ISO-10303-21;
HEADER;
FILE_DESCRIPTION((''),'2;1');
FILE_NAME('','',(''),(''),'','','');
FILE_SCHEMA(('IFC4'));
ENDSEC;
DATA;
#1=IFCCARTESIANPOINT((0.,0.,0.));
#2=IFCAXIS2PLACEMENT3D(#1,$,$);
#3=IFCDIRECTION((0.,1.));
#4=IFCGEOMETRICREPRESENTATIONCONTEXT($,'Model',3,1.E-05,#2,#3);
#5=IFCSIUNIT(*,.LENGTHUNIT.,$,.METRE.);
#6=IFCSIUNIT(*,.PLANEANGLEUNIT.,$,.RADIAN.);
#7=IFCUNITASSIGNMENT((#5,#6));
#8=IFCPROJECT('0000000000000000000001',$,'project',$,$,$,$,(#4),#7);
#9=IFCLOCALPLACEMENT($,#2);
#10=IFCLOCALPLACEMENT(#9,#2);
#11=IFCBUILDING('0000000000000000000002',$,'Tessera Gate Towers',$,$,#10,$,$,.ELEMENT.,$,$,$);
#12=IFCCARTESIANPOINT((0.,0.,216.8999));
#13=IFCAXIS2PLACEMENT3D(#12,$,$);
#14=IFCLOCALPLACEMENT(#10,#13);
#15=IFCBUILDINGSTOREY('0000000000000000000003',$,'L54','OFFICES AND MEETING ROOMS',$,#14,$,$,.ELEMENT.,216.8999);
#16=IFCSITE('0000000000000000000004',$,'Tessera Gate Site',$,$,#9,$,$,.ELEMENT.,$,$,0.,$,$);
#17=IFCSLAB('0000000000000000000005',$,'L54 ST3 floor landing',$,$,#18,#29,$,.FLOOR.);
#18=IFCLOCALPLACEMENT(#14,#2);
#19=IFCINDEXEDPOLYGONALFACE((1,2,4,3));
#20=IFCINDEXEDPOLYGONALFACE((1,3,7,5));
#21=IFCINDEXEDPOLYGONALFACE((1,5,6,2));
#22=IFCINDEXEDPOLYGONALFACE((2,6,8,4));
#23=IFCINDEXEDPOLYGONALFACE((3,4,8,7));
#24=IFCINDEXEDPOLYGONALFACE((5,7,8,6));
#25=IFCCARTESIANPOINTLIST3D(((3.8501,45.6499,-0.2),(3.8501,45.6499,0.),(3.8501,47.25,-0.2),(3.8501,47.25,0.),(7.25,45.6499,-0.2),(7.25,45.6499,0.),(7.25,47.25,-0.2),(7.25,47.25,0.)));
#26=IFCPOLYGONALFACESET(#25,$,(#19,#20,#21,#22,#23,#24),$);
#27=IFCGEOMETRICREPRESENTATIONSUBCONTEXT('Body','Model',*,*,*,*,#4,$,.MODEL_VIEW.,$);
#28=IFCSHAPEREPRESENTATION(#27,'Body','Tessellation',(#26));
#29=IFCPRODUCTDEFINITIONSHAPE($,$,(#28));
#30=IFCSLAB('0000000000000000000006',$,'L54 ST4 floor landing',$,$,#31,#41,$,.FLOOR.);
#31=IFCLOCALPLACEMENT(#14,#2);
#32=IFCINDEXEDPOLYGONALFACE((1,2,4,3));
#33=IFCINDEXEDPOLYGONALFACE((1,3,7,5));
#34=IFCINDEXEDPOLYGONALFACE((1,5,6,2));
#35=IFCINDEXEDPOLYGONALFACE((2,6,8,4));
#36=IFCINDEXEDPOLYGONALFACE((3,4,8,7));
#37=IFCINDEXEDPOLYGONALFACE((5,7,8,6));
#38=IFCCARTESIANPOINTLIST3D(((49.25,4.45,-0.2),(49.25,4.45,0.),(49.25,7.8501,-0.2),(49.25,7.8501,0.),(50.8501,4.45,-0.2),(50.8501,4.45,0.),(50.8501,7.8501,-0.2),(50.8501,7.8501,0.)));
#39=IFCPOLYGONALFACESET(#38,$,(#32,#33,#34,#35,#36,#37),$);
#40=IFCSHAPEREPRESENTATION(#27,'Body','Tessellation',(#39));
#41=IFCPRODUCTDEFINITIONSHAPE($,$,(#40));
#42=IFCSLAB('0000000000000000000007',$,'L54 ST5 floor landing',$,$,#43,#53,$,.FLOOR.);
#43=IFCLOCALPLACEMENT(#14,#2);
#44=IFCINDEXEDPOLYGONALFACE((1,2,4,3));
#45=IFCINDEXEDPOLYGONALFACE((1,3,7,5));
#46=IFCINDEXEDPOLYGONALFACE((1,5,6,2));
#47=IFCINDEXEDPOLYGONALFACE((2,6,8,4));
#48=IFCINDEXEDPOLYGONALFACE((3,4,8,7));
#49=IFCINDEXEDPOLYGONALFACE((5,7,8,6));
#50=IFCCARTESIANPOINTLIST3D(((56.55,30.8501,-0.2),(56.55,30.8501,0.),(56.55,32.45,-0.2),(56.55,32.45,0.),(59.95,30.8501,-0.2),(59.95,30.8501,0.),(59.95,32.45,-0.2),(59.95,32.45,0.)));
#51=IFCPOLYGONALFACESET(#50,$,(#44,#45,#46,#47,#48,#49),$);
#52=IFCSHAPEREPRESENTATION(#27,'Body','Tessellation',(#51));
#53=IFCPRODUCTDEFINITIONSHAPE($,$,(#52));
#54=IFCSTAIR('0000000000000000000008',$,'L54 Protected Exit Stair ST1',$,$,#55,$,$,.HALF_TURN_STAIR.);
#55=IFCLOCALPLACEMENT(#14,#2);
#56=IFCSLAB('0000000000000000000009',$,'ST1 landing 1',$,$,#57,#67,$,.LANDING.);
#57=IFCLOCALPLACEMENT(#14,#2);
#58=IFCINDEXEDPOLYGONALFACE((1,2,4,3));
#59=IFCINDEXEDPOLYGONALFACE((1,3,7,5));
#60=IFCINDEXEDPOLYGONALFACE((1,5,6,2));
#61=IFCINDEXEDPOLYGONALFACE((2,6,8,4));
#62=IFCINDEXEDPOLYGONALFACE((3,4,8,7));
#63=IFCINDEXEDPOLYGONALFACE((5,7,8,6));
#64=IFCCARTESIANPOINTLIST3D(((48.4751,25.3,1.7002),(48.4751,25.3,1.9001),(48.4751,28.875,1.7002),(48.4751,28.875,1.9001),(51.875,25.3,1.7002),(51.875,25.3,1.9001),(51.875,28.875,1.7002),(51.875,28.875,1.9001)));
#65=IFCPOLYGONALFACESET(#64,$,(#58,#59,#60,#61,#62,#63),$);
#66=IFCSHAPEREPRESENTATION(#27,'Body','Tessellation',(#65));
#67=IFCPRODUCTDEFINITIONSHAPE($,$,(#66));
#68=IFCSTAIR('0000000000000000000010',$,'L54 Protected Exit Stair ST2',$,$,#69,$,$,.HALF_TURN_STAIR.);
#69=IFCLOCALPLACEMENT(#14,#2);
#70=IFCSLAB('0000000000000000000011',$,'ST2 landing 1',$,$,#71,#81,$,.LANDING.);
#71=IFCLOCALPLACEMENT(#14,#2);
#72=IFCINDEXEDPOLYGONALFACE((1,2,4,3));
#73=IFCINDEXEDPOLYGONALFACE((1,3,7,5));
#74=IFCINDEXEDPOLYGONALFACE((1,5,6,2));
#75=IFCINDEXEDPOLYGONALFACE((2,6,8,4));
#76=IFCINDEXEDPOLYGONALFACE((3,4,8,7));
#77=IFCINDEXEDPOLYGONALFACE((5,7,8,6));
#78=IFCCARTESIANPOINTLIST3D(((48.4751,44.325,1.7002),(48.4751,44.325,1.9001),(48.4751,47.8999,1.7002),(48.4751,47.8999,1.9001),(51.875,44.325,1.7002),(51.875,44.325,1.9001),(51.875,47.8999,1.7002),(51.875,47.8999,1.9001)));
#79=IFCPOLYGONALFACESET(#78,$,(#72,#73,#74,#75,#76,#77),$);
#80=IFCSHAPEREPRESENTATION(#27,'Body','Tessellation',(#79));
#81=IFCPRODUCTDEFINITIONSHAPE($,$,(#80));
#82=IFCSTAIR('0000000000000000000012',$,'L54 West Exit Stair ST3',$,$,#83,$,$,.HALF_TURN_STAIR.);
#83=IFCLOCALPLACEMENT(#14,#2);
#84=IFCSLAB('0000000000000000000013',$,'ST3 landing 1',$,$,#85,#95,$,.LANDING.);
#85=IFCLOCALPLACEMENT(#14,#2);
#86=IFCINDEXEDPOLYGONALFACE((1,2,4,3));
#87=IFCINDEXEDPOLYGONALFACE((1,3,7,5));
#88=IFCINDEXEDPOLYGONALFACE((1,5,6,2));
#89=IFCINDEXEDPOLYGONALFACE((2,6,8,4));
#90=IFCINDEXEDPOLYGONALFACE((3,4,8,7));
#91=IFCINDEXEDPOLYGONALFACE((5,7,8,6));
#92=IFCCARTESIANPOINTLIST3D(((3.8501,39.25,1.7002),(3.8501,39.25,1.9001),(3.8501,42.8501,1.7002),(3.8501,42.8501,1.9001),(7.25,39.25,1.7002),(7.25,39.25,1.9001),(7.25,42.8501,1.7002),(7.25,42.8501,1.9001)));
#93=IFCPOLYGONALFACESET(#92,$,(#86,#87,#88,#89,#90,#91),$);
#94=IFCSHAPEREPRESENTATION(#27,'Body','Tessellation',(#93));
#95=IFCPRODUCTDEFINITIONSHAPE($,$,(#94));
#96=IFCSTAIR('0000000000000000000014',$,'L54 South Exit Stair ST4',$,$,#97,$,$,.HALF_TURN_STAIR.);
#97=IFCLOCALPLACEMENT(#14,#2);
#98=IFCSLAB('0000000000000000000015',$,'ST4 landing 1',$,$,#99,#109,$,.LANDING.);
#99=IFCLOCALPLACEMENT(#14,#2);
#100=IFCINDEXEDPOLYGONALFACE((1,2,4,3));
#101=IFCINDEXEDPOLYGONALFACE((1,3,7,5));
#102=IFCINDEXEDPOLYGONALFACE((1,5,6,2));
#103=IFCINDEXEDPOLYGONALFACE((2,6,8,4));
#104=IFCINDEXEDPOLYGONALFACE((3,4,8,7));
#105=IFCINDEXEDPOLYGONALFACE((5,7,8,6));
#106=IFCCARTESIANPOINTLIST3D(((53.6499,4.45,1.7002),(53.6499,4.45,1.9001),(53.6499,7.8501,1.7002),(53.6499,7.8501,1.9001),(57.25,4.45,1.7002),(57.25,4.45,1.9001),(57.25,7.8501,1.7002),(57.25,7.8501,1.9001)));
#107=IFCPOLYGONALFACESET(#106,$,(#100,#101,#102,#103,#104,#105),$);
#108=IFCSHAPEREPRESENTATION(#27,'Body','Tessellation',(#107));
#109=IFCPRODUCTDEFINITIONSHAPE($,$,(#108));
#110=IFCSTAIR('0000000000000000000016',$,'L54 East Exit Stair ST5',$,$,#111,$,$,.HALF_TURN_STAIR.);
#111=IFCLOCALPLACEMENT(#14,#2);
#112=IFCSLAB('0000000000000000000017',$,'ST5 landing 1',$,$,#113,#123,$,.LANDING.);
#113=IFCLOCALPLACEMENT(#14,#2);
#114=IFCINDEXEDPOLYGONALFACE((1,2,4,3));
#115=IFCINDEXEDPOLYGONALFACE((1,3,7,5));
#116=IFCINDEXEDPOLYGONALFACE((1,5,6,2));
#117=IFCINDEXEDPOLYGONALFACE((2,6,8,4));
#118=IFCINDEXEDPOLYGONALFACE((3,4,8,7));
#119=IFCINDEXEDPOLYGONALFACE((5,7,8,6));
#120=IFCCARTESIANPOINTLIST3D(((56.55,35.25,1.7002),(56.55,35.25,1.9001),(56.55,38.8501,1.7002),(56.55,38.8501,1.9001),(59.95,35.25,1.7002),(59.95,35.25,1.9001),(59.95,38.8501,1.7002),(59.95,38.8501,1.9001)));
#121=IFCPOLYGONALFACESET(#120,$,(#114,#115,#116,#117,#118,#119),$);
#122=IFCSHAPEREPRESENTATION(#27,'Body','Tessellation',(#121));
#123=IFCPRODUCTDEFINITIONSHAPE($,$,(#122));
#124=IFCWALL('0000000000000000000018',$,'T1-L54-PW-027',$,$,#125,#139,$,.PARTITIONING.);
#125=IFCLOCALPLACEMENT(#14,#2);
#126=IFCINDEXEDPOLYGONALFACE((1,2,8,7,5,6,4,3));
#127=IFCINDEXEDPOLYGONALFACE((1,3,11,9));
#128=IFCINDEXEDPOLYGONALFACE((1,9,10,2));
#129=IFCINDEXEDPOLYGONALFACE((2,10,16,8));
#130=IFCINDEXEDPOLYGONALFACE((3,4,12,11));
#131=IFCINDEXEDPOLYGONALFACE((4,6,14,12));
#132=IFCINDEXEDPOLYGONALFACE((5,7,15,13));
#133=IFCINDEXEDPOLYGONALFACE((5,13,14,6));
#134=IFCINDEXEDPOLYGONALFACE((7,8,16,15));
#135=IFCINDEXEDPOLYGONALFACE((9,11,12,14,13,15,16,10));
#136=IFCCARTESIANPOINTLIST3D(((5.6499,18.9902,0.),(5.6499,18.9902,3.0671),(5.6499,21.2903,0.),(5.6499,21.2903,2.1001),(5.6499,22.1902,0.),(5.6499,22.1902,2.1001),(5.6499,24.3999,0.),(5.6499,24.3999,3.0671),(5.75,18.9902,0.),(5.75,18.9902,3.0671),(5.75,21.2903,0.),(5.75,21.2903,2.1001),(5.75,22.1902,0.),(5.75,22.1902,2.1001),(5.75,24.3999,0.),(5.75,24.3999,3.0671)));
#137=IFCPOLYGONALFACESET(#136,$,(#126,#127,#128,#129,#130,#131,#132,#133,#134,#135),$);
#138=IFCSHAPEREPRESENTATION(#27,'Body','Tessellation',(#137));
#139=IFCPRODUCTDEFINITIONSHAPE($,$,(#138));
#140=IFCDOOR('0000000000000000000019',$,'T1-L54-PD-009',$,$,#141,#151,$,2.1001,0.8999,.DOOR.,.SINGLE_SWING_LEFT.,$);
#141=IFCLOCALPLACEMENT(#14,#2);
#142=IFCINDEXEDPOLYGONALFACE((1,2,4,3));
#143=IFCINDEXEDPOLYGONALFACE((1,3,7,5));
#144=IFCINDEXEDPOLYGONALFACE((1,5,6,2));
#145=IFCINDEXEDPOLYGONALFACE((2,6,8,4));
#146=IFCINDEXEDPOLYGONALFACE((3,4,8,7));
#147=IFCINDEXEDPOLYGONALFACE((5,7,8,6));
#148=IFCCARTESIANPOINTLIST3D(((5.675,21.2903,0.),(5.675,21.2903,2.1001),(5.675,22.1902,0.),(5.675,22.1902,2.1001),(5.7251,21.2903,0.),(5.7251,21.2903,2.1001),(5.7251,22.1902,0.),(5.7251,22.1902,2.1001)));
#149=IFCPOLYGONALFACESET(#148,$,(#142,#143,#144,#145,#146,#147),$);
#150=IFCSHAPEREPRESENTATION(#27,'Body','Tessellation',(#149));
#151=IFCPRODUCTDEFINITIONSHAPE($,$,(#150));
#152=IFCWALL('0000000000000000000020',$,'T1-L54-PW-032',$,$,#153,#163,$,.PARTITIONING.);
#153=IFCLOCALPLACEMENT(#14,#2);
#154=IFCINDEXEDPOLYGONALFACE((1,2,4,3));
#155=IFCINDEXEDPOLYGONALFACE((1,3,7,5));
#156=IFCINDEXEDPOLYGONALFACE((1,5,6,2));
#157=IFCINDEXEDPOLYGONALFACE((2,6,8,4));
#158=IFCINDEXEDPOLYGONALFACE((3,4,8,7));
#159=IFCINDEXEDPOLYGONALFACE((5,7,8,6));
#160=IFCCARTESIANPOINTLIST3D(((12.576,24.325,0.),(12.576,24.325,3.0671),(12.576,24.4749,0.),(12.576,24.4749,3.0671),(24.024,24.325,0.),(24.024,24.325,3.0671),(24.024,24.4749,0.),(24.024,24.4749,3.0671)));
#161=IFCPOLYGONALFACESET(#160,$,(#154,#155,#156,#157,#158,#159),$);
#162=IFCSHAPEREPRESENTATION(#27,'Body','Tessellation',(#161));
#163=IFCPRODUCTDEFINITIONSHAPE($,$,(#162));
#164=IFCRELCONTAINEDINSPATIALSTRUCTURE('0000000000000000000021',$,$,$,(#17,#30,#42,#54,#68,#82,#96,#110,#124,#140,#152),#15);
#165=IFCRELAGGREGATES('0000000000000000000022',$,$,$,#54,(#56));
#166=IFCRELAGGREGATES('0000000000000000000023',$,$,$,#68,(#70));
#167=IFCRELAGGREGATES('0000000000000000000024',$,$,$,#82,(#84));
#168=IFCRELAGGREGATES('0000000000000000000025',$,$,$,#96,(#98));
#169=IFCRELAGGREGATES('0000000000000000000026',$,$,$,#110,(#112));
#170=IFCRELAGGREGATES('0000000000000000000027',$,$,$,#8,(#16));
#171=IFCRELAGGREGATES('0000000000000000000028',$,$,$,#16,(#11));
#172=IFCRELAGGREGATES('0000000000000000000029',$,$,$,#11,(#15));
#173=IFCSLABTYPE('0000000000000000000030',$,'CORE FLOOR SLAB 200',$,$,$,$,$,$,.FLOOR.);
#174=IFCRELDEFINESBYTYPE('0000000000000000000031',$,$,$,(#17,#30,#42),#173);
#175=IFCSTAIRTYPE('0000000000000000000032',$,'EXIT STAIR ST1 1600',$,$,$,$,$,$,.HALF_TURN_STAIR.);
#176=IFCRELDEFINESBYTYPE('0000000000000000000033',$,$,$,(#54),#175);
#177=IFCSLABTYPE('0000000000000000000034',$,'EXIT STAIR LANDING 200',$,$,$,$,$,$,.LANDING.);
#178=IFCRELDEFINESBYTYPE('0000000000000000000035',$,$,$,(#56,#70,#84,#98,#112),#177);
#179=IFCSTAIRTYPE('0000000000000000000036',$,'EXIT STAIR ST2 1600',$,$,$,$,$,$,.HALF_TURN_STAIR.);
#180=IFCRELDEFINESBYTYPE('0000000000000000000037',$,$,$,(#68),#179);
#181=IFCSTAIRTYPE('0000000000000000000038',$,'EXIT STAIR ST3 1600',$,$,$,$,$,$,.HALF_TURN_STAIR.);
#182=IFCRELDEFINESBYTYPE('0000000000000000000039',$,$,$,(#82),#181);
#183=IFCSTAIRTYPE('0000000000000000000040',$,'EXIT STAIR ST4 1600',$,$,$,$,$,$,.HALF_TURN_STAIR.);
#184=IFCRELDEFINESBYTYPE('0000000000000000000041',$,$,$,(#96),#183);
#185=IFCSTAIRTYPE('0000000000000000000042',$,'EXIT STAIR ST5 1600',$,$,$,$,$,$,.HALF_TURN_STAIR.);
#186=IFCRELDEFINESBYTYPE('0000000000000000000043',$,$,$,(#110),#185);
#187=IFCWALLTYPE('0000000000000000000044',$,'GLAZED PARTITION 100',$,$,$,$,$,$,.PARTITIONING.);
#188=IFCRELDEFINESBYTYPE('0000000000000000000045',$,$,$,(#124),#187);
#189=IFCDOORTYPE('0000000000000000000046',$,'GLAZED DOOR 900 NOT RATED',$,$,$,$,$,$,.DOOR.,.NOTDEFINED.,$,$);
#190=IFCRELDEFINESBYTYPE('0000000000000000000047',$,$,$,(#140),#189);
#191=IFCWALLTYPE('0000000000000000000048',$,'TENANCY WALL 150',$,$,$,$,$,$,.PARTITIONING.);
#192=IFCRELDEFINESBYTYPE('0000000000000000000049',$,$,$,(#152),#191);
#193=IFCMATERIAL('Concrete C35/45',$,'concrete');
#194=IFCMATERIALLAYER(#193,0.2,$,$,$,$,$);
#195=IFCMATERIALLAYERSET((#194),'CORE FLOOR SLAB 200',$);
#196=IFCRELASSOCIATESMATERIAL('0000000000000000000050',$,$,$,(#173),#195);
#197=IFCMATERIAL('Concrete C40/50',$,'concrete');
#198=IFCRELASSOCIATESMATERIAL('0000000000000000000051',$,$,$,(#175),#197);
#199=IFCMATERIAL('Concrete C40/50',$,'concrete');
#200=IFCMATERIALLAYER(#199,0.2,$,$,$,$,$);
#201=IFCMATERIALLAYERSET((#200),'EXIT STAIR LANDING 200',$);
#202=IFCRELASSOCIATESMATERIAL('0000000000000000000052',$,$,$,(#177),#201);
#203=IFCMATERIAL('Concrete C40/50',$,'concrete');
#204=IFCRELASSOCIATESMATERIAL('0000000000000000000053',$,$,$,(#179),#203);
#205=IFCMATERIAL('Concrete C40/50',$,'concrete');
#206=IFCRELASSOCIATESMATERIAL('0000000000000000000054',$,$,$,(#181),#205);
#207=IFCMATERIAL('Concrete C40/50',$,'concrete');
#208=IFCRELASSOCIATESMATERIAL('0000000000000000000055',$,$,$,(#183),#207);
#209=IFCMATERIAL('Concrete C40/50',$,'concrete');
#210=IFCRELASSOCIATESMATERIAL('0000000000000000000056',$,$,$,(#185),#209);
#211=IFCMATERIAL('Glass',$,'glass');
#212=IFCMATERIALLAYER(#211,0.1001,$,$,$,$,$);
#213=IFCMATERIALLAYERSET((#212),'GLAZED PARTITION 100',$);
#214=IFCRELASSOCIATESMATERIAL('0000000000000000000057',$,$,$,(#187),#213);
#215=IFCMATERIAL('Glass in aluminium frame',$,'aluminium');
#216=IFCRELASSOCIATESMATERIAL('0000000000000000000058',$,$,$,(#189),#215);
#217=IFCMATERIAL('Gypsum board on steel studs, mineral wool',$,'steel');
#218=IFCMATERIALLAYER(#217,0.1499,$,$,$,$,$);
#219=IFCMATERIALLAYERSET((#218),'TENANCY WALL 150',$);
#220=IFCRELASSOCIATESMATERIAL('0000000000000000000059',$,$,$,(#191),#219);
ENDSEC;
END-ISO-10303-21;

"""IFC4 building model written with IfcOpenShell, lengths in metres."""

from ifc_helpers import new_model, si_unit, direction, frame, frame_2d, origin, place, context, subcontext, project, spatial, polyline, rectangle, outline, extrude, source, transform, mapped, material, layer, layer_set, type_object, element, fill, aggregate, save


model = new_model("IFC4")

# Units and contexts
model_context = context("Model", 3, precision=1e-05, world=origin(), true_north=direction((0.0, 1.0)))
body_context = subcontext(model_context, "Body", "Model", "MODEL_VIEW")
ifc_project = project(units=[si_unit("LENGTHUNIT", "METRE"), si_unit("PLANEANGLEUNIT", "RADIAN")], contexts=[model_context])

# Site, building, storey
site_placement = place(None, origin())
site = spatial("IfcSite", under=ifc_project, at=site_placement, Name="Tessera Gate Site", CompositionType="ELEMENT", RefElevation=0.0)
building_placement = place(site_placement, origin())
building = spatial("IfcBuilding", under=site, at=building_placement, Name="Tessera Gate Towers", CompositionType="ELEMENT")
storey_placement = place(building_placement, frame((0.0, 0.0, 216.8999)))
storey = spatial("IfcBuildingStorey", under=building, at=storey_placement, Name="L54", Description="OFFICES AND MEETING ROOMS", CompositionType="ELEMENT", Elevation=216.8999)

# Slabs
ifc_material_1 = material(Name="Concrete C35/45", Category="concrete")
ifc_layer_1 = layer(ifc_material_1, 0.2)
ifc_layer_set_1 = layer_set([ifc_layer_1], Name="CORE FLOOR SLAB 200")
slab_type_1 = type_object("IfcSlabType", Name="CORE FLOOR SLAB 200", PredefinedType="FLOOR", material=ifc_layer_set_1)
slab_1_placement = place(storey_placement, frame((0.0, 0.0, -0.2)))
element("IfcSlab", 1, at=slab_1_placement, inside=storey, type_object=slab_type_1, Name="L54 ST3 floor landing", PredefinedType="FLOOR", context=body_context, shape_type="SweptSolid", body=[
    extrude(outline(polyline([(3.8501, 47.25), (3.8501, 45.6499), (7.25, 45.6499), (7.25, 47.25), (3.8501, 47.25)])), origin(), (0.0, 0.0, 1.0), 0.2),
])
slab_2_placement = place(storey_placement, frame((0.0, 0.0, -0.2)))
element("IfcSlab", 2, at=slab_2_placement, inside=storey, type_object=slab_type_1, Name="L54 ST4 floor landing", PredefinedType="FLOOR", context=body_context, shape_type="SweptSolid", body=[
    extrude(outline(polyline([(49.25, 4.45), (50.8501, 4.45), (50.8501, 7.8501), (49.25, 7.8501), (49.25, 4.45)])), origin(), (0.0, 0.0, 1.0), 0.2),
])
slab_3_placement = place(storey_placement, frame((0.0, 0.0, -0.2)))
element("IfcSlab", 3, at=slab_3_placement, inside=storey, type_object=slab_type_1, Name="L54 ST5 floor landing", PredefinedType="FLOOR", context=body_context, shape_type="SweptSolid", body=[
    extrude(outline(polyline([(59.95, 30.8501), (59.95, 32.45), (56.55, 32.45), (56.55, 30.8501), (59.95, 30.8501)])), origin(), (0.0, 0.0, 1.0), 0.2),
])

# Stairs, slabs
ifc_material_2 = material(Name="Concrete C40/50", Category="concrete")
stair_type_1 = type_object("IfcStairType", Name="EXIT STAIR ST1 1600", PredefinedType="HALF_TURN_STAIR", material=ifc_material_2)
stair_1_placement = place(storey_placement, origin())
stair_1 = element("IfcStair", 4, at=stair_1_placement, inside=storey, type_object=stair_type_1, Name="L54 Protected Exit Stair ST1", PredefinedType="HALF_TURN_STAIR")
ifc_material_3 = material(Name="Concrete C40/50", Category="concrete")
ifc_layer_2 = layer(ifc_material_3, 0.2)
ifc_layer_set_2 = layer_set([ifc_layer_2], Name="EXIT STAIR LANDING 200")
slab_type_2 = type_object("IfcSlabType", Name="EXIT STAIR LANDING 200", PredefinedType="LANDING", material=ifc_layer_set_2)
slab_4_placement = place(storey_placement, frame((0.0, 0.0, 1.7002)))
slab_4 = element("IfcSlab", 5, at=slab_4_placement, type_object=slab_type_2, Name="ST1 landing 1", PredefinedType="LANDING", context=body_context, shape_type="SweptSolid", body=[
    extrude(outline(polyline([(48.4751, 28.875), (48.4751, 25.3), (51.875, 25.3), (51.875, 28.875), (48.4751, 28.875)])), origin(), (0.0, 0.0, 1.0), 0.2),
])
aggregate(stair_1, [slab_4])
ifc_material_4 = material(Name="Concrete C40/50", Category="concrete")
stair_type_2 = type_object("IfcStairType", Name="EXIT STAIR ST2 1600", PredefinedType="HALF_TURN_STAIR", material=ifc_material_4)
stair_2_placement = place(storey_placement, origin())
stair_2 = element("IfcStair", 6, at=stair_2_placement, inside=storey, type_object=stair_type_2, Name="L54 Protected Exit Stair ST2", PredefinedType="HALF_TURN_STAIR")
slab_5_placement = place(storey_placement, frame((0.0, 0.0, 1.7002)))
slab_5 = element("IfcSlab", 7, at=slab_5_placement, type_object=slab_type_2, Name="ST2 landing 1", PredefinedType="LANDING", context=body_context, shape_type="SweptSolid", body=[
    extrude(outline(polyline([(51.875, 44.325), (51.875, 47.8999), (48.4751, 47.8999), (48.4751, 44.325), (51.875, 44.325)])), origin(), (0.0, 0.0, 1.0), 0.2),
])
aggregate(stair_2, [slab_5])
ifc_material_5 = material(Name="Concrete C40/50", Category="concrete")
stair_type_3 = type_object("IfcStairType", Name="EXIT STAIR ST3 1600", PredefinedType="HALF_TURN_STAIR", material=ifc_material_5)
stair_3_placement = place(storey_placement, origin())
stair_3 = element("IfcStair", 8, at=stair_3_placement, inside=storey, type_object=stair_type_3, Name="L54 West Exit Stair ST3", PredefinedType="HALF_TURN_STAIR")
slab_6_placement = place(storey_placement, frame((0.0, 0.0, 1.7002)))
slab_6 = element("IfcSlab", 9, at=slab_6_placement, type_object=slab_type_2, Name="ST3 landing 1", PredefinedType="LANDING", context=body_context, shape_type="SweptSolid", body=[
    extrude(outline(polyline([(3.8501, 42.8501), (3.8501, 39.25), (7.25, 39.25), (7.25, 42.8501), (3.8501, 42.8501)])), origin(), (0.0, 0.0, 1.0), 0.2),
])
aggregate(stair_3, [slab_6])
ifc_material_6 = material(Name="Concrete C40/50", Category="concrete")
stair_type_4 = type_object("IfcStairType", Name="EXIT STAIR ST4 1600", PredefinedType="HALF_TURN_STAIR", material=ifc_material_6)
stair_4_placement = place(storey_placement, origin())
stair_4 = element("IfcStair", 10, at=stair_4_placement, inside=storey, type_object=stair_type_4, Name="L54 South Exit Stair ST4", PredefinedType="HALF_TURN_STAIR")
slab_7_placement = place(storey_placement, frame((0.0, 0.0, 1.7002)))
slab_7 = element("IfcSlab", 11, at=slab_7_placement, type_object=slab_type_2, Name="ST4 landing 1", PredefinedType="LANDING", context=body_context, shape_type="SweptSolid", body=[
    extrude(outline(polyline([(53.6499, 4.45), (57.25, 4.45), (57.25, 7.8501), (53.6499, 7.8501), (53.6499, 4.45)])), origin(), (0.0, 0.0, 1.0), 0.2),
])
aggregate(stair_4, [slab_7])
ifc_material_7 = material(Name="Concrete C40/50", Category="concrete")
stair_type_5 = type_object("IfcStairType", Name="EXIT STAIR ST5 1600", PredefinedType="HALF_TURN_STAIR", material=ifc_material_7)
stair_5_placement = place(storey_placement, origin())
stair_5 = element("IfcStair", 12, at=stair_5_placement, inside=storey, type_object=stair_type_5, Name="L54 East Exit Stair ST5", PredefinedType="HALF_TURN_STAIR")
slab_8_placement = place(storey_placement, frame((0.0, 0.0, 1.7002)))
slab_8 = element("IfcSlab", 13, at=slab_8_placement, type_object=slab_type_2, Name="ST5 landing 1", PredefinedType="LANDING", context=body_context, shape_type="SweptSolid", body=[
    extrude(outline(polyline([(59.95, 35.25), (59.95, 38.8501), (56.55, 38.8501), (56.55, 35.25), (59.95, 35.25)])), origin(), (0.0, 0.0, 1.0), 0.2),
])
aggregate(stair_5, [slab_8])

# Wall, opening, door
ifc_material_8 = material(Name="Glass", Category="glass")
ifc_layer_3 = layer(ifc_material_8, 0.1001)
ifc_layer_set_3 = layer_set([ifc_layer_3], Name="GLAZED PARTITION 100")
wall_type_1 = type_object("IfcWallType", Name="GLAZED PARTITION 100", PredefinedType="PARTITIONING", material=ifc_layer_set_3)
wall_1_placement = place(storey_placement, frame((5.7, 18.9902, 0.0), z_axis=(0.0, 0.0, 1.0), x_axis=(0.0, 1.0, 0.0)))
wall_1 = element("IfcWall", 14, at=wall_1_placement, inside=storey, type_object=wall_type_1, Name="T1-L54-PW-027", PredefinedType="PARTITIONING", context=body_context, shape_type="SweptSolid", body=[
    extrude(rectangle(XDim=5.4097, YDim=0.1001, at=frame_2d((2.7048, 0.0))), origin(), (0.0, 0.0, 1.0), 3.0671),
])
shared_shape_1 = source(origin(), body_context, "Body", "SweptSolid", [
    extrude(rectangle(XDim=0.8999, YDim=2.1001, at=frame_2d((0.45, 1.05))), frame((0.0, 0.0601, 0.0), z_axis=(0.0, -1.0, 0.0), x_axis=(1.0, 0.0, 0.0)), (0.0, 0.0, 1.0), 0.1201),
])
opening_1_placement = place(wall_1_placement, frame((2.3, 0.0, 0.0)))
opening_1 = element("IfcOpeningElement", 15, at=opening_1_placement, cuts=wall_1, PredefinedType="OPENING", context=body_context, shape_type="MappedRepresentation", body=[
    mapped(shared_shape_1, transform((0.0, 0.0, 0.0), scale=1.0)),
])
ifc_material_9 = material(Name="Glass in aluminium frame", Category="aluminium")
door_type_1 = type_object("IfcDoorType", Name="GLAZED DOOR 900 NOT RATED", OperationType="NOTDEFINED", PredefinedType="DOOR", material=ifc_material_9)
shared_shape_2 = source(origin(), body_context, "Body", "SweptSolid", [
    extrude(rectangle(XDim=0.8999, YDim=2.1001, at=frame_2d((0.45, 1.05))), frame((0.0, 0.0249, 0.0), z_axis=(0.0, -1.0, 0.0), x_axis=(1.0, 0.0, 0.0)), (0.0, 0.0, 1.0), 0.05),
])
door_1_placement = place(opening_1_placement, origin())
door_1 = element("IfcDoor", 16, at=door_1_placement, inside=storey, type_object=door_type_1, Name="T1-L54-PD-009", OperationType="SINGLE_SWING_LEFT", OverallHeight=2.1001, OverallWidth=0.8999, PredefinedType="DOOR", context=body_context, shape_type="MappedRepresentation", body=[
    mapped(shared_shape_2, transform((0.0, 0.0, 0.0), scale=1.0)),
])
fill(opening_1, door_1)

# Wall
ifc_material_10 = material(Name="Gypsum board on steel studs, mineral wool", Category="steel")
ifc_layer_4 = layer(ifc_material_10, 0.1499)
ifc_layer_set_4 = layer_set([ifc_layer_4], Name="TENANCY WALL 150")
wall_type_2 = type_object("IfcWallType", Name="TENANCY WALL 150", PredefinedType="PARTITIONING", material=ifc_layer_set_4)
wall_2_placement = place(storey_placement, frame((12.5759, 24.3999, 0.0), z_axis=(0.0, 0.0, 1.0), x_axis=(1.0, 0.0, 0.0)))
element("IfcWall", 17, at=wall_2_placement, inside=storey, type_object=wall_type_2, Name="T1-L54-PW-032", PredefinedType="PARTITIONING", context=body_context, shape_type="SweptSolid", body=[
    extrude(rectangle(XDim=11.448, YDim=0.1499, at=frame_2d((5.7241, 0.0))), origin(), (0.0, 0.0, 1.0), 3.0671),
])

save(model, "model.ifc")
